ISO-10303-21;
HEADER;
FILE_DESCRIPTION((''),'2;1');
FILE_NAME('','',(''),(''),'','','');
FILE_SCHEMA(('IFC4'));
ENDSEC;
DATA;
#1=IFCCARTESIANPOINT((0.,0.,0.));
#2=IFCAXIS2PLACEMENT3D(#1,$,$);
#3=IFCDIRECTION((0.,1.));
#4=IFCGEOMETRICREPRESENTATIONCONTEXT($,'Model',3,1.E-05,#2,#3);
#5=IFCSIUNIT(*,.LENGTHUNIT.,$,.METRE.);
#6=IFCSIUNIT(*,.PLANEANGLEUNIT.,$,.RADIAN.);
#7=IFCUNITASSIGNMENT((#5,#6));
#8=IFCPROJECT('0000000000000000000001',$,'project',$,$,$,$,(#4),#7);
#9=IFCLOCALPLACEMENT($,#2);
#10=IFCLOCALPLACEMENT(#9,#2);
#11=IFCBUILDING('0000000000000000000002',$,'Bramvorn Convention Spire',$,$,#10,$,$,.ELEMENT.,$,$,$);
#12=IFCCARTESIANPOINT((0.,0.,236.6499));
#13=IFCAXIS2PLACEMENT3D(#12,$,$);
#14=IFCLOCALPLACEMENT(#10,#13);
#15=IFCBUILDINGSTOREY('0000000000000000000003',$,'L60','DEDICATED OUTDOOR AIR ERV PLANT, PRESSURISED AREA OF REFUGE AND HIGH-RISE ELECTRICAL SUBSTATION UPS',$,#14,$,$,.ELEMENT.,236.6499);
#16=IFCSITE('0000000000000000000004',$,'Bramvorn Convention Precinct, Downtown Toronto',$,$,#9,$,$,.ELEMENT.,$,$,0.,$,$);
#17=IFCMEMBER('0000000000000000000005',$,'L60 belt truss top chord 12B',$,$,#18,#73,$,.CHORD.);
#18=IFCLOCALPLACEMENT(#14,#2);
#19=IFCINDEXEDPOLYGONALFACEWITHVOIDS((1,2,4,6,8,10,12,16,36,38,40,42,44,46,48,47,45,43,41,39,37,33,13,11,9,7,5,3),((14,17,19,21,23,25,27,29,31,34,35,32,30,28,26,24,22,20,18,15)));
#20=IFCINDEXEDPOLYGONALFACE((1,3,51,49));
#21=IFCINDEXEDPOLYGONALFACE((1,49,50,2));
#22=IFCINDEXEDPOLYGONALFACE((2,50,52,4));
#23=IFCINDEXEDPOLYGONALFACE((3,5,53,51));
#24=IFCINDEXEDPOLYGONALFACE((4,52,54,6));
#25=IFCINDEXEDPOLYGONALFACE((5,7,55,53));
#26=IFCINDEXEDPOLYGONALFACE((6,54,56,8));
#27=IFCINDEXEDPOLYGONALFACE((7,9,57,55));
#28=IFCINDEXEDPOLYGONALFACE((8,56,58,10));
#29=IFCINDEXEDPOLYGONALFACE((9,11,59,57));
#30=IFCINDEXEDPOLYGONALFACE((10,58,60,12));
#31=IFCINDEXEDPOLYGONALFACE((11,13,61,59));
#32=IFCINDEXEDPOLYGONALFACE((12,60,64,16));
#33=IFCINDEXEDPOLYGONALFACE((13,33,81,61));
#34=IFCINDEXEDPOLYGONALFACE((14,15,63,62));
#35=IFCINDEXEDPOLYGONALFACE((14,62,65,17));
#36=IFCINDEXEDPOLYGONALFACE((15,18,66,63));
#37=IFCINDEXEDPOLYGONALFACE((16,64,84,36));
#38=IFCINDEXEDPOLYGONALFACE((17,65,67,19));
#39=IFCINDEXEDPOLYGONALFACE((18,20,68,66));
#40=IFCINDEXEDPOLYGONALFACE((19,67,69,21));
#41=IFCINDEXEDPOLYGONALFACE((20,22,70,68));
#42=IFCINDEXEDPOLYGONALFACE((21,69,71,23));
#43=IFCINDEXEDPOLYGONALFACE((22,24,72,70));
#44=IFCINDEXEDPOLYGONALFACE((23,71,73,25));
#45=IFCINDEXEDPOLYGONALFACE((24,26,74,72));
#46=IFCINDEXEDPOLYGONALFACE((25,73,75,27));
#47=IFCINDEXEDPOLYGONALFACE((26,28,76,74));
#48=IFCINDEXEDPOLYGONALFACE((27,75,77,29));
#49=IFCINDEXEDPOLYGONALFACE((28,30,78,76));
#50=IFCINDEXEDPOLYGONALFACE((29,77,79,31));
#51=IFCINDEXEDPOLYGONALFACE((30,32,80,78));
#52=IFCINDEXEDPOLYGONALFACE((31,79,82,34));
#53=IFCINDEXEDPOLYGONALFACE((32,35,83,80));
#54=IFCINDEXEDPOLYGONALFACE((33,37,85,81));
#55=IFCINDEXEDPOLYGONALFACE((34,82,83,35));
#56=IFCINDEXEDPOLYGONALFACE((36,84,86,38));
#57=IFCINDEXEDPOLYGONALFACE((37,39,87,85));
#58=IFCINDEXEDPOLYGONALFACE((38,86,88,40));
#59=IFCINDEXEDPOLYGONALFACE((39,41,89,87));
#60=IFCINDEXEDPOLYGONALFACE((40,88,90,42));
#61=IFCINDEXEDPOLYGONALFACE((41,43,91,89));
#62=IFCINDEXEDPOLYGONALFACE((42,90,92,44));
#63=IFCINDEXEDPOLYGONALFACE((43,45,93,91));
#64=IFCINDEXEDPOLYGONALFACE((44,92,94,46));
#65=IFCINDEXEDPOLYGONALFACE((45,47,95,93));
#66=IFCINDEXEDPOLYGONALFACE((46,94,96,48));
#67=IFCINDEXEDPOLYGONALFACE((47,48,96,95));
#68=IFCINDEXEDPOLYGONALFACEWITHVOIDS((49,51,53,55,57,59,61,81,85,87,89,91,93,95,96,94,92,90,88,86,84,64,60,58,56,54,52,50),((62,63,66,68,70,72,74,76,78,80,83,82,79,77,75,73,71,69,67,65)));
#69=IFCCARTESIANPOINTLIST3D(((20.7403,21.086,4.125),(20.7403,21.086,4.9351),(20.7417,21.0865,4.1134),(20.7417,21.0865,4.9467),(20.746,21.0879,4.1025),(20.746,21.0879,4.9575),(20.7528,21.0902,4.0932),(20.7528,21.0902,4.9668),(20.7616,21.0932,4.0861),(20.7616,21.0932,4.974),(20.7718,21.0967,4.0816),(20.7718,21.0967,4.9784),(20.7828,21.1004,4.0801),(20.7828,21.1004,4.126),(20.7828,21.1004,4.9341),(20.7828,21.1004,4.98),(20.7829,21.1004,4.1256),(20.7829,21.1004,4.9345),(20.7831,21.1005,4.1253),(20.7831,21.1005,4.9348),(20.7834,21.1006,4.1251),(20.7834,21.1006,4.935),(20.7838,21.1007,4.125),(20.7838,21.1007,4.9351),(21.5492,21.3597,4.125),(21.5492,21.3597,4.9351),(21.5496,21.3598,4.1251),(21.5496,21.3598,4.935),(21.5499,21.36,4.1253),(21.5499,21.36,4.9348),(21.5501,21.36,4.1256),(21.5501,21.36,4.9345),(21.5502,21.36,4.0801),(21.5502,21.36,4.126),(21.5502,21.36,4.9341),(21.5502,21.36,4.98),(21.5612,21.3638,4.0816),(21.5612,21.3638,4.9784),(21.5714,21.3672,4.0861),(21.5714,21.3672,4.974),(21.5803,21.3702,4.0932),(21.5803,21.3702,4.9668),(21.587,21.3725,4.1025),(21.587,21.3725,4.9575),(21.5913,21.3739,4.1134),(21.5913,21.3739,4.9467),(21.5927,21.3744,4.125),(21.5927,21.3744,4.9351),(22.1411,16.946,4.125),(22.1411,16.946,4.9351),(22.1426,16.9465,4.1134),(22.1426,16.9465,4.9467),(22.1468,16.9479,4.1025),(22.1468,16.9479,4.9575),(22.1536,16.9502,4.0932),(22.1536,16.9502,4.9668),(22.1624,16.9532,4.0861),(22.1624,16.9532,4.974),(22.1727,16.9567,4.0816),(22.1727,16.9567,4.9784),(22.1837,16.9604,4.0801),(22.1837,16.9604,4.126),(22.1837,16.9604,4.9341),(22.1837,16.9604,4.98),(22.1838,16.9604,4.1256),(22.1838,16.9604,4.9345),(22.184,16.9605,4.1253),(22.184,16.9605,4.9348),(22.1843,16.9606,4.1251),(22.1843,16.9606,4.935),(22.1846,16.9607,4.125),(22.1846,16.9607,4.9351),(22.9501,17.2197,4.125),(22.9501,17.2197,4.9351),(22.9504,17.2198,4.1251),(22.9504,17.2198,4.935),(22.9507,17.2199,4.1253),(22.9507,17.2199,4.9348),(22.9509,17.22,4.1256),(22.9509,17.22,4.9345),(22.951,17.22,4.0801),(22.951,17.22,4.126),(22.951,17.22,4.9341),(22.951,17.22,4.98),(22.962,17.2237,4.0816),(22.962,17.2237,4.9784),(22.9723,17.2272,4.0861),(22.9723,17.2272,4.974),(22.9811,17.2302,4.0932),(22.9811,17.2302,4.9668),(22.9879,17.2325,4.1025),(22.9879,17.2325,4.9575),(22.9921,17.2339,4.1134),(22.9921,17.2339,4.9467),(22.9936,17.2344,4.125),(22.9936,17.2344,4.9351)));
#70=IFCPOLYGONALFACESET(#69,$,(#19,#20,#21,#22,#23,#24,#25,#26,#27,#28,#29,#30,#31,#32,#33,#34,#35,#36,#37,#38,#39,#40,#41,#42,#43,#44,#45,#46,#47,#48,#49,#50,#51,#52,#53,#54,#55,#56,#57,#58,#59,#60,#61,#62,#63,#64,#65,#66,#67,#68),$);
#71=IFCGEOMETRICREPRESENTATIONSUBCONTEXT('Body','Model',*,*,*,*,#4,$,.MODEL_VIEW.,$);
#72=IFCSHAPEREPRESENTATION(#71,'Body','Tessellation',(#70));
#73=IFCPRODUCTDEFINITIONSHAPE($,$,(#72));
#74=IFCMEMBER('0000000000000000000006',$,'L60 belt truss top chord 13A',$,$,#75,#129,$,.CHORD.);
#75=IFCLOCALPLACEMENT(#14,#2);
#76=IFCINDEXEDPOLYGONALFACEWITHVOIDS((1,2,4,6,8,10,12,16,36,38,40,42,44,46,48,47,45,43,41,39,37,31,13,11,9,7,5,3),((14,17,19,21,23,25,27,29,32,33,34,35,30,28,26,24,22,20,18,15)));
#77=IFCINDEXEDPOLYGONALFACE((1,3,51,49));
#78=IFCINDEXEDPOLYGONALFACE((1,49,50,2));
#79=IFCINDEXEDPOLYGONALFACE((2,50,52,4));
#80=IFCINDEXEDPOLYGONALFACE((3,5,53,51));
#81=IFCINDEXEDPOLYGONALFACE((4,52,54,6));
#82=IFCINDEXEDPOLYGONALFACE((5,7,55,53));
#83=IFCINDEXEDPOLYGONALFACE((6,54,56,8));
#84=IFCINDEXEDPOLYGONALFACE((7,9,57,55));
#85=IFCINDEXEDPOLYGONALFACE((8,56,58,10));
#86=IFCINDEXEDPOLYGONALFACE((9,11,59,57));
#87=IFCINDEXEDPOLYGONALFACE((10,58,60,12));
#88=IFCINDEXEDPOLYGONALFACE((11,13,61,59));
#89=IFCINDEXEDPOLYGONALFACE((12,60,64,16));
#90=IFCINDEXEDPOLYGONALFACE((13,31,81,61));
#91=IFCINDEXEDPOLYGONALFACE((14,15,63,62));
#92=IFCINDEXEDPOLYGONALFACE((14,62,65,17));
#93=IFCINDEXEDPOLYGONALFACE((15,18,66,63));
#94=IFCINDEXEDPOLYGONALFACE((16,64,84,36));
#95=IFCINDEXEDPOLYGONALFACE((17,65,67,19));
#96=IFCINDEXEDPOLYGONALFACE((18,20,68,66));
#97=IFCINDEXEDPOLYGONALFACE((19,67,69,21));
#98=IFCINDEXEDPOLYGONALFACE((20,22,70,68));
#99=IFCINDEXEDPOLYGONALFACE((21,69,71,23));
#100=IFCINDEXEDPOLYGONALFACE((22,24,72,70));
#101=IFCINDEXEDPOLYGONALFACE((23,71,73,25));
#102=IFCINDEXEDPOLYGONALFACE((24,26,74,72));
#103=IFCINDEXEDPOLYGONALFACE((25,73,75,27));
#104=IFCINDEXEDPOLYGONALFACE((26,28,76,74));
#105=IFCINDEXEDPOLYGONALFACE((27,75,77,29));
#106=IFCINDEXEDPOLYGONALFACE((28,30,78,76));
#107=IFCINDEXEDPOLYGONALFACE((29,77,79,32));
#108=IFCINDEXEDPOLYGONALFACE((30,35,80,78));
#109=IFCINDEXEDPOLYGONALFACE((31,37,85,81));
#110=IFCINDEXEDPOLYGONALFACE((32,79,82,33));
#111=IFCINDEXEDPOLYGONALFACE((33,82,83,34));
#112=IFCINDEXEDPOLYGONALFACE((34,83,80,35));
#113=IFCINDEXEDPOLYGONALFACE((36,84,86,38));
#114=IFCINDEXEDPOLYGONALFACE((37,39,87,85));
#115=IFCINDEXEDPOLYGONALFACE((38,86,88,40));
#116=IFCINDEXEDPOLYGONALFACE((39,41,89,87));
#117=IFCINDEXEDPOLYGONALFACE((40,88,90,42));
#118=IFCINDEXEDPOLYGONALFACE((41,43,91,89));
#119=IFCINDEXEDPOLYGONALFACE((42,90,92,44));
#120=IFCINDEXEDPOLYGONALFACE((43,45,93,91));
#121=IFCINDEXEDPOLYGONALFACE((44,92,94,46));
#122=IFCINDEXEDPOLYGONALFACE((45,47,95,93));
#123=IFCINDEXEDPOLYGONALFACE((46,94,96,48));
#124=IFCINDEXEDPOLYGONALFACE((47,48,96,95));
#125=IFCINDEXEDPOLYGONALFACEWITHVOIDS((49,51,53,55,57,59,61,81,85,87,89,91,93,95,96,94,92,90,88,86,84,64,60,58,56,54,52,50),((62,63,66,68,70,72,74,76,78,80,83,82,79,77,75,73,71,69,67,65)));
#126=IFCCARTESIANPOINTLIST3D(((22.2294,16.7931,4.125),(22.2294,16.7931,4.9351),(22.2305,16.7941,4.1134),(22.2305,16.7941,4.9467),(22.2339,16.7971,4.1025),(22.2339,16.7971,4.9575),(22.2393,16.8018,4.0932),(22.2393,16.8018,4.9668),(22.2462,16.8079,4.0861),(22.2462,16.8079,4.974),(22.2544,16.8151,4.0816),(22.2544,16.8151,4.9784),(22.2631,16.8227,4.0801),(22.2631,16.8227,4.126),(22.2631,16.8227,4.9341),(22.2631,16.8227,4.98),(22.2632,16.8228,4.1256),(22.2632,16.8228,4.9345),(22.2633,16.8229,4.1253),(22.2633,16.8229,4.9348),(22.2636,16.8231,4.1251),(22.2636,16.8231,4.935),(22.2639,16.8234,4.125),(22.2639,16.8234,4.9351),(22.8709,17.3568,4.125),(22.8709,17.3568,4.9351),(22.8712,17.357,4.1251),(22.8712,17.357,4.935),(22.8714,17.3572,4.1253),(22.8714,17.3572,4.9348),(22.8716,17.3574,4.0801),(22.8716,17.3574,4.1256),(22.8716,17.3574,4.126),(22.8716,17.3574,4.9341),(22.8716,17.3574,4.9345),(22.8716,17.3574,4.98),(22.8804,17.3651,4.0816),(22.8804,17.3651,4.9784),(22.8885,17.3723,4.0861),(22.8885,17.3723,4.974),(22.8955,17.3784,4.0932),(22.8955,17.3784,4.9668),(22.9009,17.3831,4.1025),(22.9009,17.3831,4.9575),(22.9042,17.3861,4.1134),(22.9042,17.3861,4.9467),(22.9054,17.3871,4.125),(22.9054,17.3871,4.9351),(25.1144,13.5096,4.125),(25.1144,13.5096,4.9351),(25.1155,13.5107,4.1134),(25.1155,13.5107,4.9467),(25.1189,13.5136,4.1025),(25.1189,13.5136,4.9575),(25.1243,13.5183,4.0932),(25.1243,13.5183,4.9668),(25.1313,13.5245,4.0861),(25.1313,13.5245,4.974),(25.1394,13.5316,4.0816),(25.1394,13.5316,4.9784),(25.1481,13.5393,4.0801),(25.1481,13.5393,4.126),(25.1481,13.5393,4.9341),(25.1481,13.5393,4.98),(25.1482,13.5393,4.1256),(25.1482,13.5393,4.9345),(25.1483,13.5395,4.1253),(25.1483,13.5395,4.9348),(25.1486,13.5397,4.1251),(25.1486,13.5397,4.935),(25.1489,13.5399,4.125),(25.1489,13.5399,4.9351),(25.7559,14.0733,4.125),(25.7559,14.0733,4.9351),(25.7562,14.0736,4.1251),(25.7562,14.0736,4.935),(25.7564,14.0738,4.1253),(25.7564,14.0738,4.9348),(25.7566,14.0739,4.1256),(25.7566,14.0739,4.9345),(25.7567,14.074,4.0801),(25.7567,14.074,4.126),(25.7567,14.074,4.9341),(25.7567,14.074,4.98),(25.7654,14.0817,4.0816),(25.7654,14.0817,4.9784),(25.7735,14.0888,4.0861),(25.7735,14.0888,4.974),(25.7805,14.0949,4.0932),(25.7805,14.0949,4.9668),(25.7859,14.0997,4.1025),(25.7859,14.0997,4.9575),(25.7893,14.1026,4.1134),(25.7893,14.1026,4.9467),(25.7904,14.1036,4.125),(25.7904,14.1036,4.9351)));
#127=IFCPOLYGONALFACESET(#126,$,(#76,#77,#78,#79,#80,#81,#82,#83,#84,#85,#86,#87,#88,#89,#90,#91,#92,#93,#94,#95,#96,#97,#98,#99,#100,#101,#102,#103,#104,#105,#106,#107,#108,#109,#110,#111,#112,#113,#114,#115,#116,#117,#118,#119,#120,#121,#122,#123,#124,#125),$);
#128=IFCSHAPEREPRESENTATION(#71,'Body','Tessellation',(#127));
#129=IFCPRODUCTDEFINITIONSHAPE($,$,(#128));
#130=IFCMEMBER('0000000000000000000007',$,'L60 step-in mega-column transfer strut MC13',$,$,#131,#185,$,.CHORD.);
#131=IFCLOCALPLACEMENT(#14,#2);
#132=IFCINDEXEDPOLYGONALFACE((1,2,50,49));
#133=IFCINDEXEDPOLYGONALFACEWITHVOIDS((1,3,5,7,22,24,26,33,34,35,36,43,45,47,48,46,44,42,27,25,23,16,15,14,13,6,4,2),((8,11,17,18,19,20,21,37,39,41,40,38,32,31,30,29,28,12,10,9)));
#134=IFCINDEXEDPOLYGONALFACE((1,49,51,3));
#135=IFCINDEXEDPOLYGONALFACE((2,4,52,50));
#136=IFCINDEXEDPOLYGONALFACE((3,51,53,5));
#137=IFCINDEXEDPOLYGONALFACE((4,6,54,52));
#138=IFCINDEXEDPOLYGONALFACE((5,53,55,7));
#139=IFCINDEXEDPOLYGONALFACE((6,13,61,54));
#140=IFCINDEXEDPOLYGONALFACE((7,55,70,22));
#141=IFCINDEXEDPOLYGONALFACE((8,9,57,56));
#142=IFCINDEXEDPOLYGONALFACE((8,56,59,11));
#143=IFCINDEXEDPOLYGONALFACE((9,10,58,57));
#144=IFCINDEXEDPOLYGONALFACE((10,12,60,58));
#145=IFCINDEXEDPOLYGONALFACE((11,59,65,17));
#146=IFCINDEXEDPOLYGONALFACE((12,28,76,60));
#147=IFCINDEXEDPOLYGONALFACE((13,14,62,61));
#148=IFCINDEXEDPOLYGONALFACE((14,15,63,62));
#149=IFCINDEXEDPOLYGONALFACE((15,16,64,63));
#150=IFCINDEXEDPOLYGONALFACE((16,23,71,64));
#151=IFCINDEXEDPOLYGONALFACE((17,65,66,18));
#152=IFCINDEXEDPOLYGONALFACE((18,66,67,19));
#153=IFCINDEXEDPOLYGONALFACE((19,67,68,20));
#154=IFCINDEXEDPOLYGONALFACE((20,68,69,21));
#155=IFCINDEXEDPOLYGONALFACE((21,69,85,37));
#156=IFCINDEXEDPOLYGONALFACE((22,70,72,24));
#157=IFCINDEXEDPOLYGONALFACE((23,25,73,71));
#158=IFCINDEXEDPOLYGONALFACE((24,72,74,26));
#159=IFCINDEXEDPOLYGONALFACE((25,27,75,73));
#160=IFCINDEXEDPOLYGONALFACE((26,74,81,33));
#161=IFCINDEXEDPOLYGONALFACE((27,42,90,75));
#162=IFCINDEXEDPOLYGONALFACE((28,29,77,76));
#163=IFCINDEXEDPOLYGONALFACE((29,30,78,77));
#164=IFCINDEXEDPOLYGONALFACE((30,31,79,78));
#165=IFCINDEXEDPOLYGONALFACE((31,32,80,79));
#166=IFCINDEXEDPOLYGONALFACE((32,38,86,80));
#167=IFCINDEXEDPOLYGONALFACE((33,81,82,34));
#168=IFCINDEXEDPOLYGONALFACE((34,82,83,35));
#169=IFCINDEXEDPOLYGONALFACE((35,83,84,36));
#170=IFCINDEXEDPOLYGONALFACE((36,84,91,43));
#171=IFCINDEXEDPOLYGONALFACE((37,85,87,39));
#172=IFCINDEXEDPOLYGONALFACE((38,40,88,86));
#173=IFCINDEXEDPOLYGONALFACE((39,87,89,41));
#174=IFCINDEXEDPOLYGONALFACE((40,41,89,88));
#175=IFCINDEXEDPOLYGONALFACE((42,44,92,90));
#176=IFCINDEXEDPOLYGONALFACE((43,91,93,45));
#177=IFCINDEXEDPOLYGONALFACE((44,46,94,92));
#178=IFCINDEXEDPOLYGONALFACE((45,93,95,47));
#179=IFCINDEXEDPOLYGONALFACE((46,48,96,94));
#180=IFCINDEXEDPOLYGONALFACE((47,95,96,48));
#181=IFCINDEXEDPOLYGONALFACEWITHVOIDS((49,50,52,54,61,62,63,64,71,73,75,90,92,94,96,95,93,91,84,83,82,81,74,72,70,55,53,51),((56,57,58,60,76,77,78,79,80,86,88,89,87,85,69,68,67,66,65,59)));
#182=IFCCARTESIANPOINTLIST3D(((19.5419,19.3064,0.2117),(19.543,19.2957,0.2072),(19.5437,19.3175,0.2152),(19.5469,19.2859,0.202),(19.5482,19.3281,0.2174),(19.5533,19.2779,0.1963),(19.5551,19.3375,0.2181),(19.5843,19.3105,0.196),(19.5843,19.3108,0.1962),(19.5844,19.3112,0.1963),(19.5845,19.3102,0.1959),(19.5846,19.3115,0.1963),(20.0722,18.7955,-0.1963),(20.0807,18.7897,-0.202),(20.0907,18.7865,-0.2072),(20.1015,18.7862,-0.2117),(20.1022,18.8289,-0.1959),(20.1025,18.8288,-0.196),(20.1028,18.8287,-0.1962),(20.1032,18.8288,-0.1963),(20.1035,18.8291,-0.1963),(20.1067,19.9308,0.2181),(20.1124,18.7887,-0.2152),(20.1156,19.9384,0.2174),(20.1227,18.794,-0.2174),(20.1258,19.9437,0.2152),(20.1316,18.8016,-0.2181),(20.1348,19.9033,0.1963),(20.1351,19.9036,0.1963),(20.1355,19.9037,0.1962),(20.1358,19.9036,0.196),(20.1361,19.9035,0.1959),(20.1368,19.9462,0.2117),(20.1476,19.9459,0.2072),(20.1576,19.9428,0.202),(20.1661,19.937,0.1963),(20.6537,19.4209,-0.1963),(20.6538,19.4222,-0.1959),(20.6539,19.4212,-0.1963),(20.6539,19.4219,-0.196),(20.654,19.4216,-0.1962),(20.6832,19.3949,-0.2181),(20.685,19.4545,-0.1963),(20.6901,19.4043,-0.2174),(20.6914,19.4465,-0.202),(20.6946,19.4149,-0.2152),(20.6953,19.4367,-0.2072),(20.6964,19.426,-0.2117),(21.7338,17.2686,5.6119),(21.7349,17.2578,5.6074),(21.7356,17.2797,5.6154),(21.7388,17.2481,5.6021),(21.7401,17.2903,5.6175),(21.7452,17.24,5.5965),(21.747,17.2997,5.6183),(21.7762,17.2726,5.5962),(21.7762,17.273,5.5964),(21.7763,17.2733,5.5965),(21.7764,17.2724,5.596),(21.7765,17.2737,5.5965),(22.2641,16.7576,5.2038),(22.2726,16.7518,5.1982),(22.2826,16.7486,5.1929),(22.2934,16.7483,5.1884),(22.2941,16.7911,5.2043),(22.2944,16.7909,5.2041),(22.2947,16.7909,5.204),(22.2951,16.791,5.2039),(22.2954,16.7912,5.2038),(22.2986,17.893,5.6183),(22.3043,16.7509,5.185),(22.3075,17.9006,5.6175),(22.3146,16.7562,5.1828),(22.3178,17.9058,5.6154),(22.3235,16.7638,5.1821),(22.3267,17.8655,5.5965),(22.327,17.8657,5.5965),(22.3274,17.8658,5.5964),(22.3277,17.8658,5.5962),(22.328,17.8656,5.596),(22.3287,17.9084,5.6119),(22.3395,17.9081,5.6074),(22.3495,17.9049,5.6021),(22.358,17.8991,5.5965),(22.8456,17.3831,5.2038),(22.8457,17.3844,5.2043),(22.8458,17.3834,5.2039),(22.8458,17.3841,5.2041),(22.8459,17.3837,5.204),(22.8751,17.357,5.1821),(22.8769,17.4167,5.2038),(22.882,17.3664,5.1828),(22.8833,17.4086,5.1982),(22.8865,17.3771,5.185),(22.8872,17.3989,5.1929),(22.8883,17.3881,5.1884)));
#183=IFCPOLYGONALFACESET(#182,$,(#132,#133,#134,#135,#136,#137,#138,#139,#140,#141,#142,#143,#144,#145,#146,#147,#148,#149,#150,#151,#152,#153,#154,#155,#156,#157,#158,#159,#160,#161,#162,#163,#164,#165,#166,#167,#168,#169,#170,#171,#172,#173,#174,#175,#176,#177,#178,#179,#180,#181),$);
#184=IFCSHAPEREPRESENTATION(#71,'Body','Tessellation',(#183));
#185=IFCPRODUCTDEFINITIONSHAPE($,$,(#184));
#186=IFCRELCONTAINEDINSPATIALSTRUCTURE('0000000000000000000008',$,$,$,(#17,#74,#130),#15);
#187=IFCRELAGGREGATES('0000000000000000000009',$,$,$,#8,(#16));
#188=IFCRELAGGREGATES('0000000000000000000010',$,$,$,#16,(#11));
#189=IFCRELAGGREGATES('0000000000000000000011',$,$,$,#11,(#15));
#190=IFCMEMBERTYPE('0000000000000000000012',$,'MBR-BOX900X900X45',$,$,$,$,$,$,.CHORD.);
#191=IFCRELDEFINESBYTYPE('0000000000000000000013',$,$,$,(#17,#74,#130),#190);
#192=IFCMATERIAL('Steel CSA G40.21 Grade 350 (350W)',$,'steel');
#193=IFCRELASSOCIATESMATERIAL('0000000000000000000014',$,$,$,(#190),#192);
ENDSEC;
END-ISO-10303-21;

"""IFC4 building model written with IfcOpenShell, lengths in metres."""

from ifc_helpers import new_model, si_unit, direction, frame, origin, origin_2d, place, context, subcontext, project, spatial, hollow_rectangle, extrude, material, material_profile, profile_set, type_object, element, save


model = new_model("IFC4")

# Units and contexts
model_context = context("Model", 3, precision=1e-05, world=origin(), true_north=direction((0.0, 1.0)))
body_context = subcontext(model_context, "Body", "Model", "MODEL_VIEW")
ifc_project = project(units=[si_unit("LENGTHUNIT", "METRE"), si_unit("PLANEANGLEUNIT", "RADIAN")], contexts=[model_context])

# Site, building, storey
site_placement = place(None, origin())
site = spatial("IfcSite", under=ifc_project, at=site_placement, Name="Bramvorn Convention Precinct, Downtown Toronto", CompositionType="ELEMENT", RefElevation=0.0)
building_placement = place(site_placement, origin())
building = spatial("IfcBuilding", under=site, at=building_placement, Name="Bramvorn Convention Spire", CompositionType="ELEMENT")
storey_placement = place(building_placement, frame((0.0, 0.0, 236.6499)))
storey = spatial("IfcBuildingStorey", under=building, at=storey_placement, Name="L60", Description="DEDICATED OUTDOOR AIR ERV PLANT, PRESSURISED AREA OF REFUGE AND HIGH-RISE ELECTRICAL SUBSTATION UPS", CompositionType="ELEMENT", Elevation=236.6499)

# Shared definitions
ifc_material_1 = material(Name="Steel CSA G40.21 Grade 350 (350W)", Category="steel")

# Members
ifc_material_profile_1 = material_profile(ifc_material_1, hollow_rectangle(XDim=0.8999, YDim=0.8999, WallThickness=0.0449, InnerFilletRadius=0.001, OuterFilletRadius=0.0449, at=origin_2d()))
ifc_profile_set_1 = profile_set([ifc_material_profile_1], Name="Steel CSA G40.21 Grade 350 (350W) - BOX900X900X45")
member_type_1 = type_object("IfcMemberType", Name="MBR-BOX900X900X45", PredefinedType="CHORD", material=ifc_profile_set_1)
member_1_placement = place(storey_placement, frame((21.1665, 21.2302, 4.53), z_axis=(0.320514, -0.947244, 0.0), x_axis=(0.947244, 0.320514, 0.0)))
element("IfcMember", 1, at=member_1_placement, inside=storey, type_object=member_type_1, Name="L60 belt truss top chord 12B", PredefinedType="CHORD", context=body_context, shape_type="SweptSolid", body=[
    extrude(hollow_rectangle(XDim=0.8999, YDim=0.8999, WallThickness=0.0449, InnerFilletRadius=0.001, OuterFilletRadius=0.0449, at=origin_2d()), origin(), (0.0, 0.0, 1.0), 4.3706),
])
member_2_placement = place(storey_placement, frame((22.5674, 17.0901, 4.53), z_axis=(0.660057, -0.751215, 0.0), x_axis=(0.751215, 0.660057, 0.0)))
element("IfcMember", 2, at=member_2_placement, inside=storey, type_object=member_type_1, Name="L60 belt truss top chord 13A", PredefinedType="CHORD", context=body_context, shape_type="SweptSolid", body=[
    extrude(hollow_rectangle(XDim=0.8999, YDim=0.8999, WallThickness=0.0449, InnerFilletRadius=0.001, OuterFilletRadius=0.0449, at=origin_2d()), origin(), (0.0, 0.0, 1.0), 4.3708),
])
member_3_placement = place(storey_placement, frame((20.1191, 19.3662, 0.0), z_axis=(0.355018, -0.330066, 0.874653), x_axis=(0.680902, 0.732375, 0.0)))
element("IfcMember", 3, at=member_3_placement, inside=storey, type_object=member_type_1, Name="L60 step-in mega-column transfer strut MC13", PredefinedType="CHORD", context=body_context, shape_type="SweptSolid", body=[
    extrude(hollow_rectangle(XDim=0.8999, YDim=0.8999, WallThickness=0.0449, InnerFilletRadius=0.001, OuterFilletRadius=0.0449, at=origin_2d()), origin(), (0.0, 0.0, 1.0), 6.1741),
])

save(model, "model.ifc")
